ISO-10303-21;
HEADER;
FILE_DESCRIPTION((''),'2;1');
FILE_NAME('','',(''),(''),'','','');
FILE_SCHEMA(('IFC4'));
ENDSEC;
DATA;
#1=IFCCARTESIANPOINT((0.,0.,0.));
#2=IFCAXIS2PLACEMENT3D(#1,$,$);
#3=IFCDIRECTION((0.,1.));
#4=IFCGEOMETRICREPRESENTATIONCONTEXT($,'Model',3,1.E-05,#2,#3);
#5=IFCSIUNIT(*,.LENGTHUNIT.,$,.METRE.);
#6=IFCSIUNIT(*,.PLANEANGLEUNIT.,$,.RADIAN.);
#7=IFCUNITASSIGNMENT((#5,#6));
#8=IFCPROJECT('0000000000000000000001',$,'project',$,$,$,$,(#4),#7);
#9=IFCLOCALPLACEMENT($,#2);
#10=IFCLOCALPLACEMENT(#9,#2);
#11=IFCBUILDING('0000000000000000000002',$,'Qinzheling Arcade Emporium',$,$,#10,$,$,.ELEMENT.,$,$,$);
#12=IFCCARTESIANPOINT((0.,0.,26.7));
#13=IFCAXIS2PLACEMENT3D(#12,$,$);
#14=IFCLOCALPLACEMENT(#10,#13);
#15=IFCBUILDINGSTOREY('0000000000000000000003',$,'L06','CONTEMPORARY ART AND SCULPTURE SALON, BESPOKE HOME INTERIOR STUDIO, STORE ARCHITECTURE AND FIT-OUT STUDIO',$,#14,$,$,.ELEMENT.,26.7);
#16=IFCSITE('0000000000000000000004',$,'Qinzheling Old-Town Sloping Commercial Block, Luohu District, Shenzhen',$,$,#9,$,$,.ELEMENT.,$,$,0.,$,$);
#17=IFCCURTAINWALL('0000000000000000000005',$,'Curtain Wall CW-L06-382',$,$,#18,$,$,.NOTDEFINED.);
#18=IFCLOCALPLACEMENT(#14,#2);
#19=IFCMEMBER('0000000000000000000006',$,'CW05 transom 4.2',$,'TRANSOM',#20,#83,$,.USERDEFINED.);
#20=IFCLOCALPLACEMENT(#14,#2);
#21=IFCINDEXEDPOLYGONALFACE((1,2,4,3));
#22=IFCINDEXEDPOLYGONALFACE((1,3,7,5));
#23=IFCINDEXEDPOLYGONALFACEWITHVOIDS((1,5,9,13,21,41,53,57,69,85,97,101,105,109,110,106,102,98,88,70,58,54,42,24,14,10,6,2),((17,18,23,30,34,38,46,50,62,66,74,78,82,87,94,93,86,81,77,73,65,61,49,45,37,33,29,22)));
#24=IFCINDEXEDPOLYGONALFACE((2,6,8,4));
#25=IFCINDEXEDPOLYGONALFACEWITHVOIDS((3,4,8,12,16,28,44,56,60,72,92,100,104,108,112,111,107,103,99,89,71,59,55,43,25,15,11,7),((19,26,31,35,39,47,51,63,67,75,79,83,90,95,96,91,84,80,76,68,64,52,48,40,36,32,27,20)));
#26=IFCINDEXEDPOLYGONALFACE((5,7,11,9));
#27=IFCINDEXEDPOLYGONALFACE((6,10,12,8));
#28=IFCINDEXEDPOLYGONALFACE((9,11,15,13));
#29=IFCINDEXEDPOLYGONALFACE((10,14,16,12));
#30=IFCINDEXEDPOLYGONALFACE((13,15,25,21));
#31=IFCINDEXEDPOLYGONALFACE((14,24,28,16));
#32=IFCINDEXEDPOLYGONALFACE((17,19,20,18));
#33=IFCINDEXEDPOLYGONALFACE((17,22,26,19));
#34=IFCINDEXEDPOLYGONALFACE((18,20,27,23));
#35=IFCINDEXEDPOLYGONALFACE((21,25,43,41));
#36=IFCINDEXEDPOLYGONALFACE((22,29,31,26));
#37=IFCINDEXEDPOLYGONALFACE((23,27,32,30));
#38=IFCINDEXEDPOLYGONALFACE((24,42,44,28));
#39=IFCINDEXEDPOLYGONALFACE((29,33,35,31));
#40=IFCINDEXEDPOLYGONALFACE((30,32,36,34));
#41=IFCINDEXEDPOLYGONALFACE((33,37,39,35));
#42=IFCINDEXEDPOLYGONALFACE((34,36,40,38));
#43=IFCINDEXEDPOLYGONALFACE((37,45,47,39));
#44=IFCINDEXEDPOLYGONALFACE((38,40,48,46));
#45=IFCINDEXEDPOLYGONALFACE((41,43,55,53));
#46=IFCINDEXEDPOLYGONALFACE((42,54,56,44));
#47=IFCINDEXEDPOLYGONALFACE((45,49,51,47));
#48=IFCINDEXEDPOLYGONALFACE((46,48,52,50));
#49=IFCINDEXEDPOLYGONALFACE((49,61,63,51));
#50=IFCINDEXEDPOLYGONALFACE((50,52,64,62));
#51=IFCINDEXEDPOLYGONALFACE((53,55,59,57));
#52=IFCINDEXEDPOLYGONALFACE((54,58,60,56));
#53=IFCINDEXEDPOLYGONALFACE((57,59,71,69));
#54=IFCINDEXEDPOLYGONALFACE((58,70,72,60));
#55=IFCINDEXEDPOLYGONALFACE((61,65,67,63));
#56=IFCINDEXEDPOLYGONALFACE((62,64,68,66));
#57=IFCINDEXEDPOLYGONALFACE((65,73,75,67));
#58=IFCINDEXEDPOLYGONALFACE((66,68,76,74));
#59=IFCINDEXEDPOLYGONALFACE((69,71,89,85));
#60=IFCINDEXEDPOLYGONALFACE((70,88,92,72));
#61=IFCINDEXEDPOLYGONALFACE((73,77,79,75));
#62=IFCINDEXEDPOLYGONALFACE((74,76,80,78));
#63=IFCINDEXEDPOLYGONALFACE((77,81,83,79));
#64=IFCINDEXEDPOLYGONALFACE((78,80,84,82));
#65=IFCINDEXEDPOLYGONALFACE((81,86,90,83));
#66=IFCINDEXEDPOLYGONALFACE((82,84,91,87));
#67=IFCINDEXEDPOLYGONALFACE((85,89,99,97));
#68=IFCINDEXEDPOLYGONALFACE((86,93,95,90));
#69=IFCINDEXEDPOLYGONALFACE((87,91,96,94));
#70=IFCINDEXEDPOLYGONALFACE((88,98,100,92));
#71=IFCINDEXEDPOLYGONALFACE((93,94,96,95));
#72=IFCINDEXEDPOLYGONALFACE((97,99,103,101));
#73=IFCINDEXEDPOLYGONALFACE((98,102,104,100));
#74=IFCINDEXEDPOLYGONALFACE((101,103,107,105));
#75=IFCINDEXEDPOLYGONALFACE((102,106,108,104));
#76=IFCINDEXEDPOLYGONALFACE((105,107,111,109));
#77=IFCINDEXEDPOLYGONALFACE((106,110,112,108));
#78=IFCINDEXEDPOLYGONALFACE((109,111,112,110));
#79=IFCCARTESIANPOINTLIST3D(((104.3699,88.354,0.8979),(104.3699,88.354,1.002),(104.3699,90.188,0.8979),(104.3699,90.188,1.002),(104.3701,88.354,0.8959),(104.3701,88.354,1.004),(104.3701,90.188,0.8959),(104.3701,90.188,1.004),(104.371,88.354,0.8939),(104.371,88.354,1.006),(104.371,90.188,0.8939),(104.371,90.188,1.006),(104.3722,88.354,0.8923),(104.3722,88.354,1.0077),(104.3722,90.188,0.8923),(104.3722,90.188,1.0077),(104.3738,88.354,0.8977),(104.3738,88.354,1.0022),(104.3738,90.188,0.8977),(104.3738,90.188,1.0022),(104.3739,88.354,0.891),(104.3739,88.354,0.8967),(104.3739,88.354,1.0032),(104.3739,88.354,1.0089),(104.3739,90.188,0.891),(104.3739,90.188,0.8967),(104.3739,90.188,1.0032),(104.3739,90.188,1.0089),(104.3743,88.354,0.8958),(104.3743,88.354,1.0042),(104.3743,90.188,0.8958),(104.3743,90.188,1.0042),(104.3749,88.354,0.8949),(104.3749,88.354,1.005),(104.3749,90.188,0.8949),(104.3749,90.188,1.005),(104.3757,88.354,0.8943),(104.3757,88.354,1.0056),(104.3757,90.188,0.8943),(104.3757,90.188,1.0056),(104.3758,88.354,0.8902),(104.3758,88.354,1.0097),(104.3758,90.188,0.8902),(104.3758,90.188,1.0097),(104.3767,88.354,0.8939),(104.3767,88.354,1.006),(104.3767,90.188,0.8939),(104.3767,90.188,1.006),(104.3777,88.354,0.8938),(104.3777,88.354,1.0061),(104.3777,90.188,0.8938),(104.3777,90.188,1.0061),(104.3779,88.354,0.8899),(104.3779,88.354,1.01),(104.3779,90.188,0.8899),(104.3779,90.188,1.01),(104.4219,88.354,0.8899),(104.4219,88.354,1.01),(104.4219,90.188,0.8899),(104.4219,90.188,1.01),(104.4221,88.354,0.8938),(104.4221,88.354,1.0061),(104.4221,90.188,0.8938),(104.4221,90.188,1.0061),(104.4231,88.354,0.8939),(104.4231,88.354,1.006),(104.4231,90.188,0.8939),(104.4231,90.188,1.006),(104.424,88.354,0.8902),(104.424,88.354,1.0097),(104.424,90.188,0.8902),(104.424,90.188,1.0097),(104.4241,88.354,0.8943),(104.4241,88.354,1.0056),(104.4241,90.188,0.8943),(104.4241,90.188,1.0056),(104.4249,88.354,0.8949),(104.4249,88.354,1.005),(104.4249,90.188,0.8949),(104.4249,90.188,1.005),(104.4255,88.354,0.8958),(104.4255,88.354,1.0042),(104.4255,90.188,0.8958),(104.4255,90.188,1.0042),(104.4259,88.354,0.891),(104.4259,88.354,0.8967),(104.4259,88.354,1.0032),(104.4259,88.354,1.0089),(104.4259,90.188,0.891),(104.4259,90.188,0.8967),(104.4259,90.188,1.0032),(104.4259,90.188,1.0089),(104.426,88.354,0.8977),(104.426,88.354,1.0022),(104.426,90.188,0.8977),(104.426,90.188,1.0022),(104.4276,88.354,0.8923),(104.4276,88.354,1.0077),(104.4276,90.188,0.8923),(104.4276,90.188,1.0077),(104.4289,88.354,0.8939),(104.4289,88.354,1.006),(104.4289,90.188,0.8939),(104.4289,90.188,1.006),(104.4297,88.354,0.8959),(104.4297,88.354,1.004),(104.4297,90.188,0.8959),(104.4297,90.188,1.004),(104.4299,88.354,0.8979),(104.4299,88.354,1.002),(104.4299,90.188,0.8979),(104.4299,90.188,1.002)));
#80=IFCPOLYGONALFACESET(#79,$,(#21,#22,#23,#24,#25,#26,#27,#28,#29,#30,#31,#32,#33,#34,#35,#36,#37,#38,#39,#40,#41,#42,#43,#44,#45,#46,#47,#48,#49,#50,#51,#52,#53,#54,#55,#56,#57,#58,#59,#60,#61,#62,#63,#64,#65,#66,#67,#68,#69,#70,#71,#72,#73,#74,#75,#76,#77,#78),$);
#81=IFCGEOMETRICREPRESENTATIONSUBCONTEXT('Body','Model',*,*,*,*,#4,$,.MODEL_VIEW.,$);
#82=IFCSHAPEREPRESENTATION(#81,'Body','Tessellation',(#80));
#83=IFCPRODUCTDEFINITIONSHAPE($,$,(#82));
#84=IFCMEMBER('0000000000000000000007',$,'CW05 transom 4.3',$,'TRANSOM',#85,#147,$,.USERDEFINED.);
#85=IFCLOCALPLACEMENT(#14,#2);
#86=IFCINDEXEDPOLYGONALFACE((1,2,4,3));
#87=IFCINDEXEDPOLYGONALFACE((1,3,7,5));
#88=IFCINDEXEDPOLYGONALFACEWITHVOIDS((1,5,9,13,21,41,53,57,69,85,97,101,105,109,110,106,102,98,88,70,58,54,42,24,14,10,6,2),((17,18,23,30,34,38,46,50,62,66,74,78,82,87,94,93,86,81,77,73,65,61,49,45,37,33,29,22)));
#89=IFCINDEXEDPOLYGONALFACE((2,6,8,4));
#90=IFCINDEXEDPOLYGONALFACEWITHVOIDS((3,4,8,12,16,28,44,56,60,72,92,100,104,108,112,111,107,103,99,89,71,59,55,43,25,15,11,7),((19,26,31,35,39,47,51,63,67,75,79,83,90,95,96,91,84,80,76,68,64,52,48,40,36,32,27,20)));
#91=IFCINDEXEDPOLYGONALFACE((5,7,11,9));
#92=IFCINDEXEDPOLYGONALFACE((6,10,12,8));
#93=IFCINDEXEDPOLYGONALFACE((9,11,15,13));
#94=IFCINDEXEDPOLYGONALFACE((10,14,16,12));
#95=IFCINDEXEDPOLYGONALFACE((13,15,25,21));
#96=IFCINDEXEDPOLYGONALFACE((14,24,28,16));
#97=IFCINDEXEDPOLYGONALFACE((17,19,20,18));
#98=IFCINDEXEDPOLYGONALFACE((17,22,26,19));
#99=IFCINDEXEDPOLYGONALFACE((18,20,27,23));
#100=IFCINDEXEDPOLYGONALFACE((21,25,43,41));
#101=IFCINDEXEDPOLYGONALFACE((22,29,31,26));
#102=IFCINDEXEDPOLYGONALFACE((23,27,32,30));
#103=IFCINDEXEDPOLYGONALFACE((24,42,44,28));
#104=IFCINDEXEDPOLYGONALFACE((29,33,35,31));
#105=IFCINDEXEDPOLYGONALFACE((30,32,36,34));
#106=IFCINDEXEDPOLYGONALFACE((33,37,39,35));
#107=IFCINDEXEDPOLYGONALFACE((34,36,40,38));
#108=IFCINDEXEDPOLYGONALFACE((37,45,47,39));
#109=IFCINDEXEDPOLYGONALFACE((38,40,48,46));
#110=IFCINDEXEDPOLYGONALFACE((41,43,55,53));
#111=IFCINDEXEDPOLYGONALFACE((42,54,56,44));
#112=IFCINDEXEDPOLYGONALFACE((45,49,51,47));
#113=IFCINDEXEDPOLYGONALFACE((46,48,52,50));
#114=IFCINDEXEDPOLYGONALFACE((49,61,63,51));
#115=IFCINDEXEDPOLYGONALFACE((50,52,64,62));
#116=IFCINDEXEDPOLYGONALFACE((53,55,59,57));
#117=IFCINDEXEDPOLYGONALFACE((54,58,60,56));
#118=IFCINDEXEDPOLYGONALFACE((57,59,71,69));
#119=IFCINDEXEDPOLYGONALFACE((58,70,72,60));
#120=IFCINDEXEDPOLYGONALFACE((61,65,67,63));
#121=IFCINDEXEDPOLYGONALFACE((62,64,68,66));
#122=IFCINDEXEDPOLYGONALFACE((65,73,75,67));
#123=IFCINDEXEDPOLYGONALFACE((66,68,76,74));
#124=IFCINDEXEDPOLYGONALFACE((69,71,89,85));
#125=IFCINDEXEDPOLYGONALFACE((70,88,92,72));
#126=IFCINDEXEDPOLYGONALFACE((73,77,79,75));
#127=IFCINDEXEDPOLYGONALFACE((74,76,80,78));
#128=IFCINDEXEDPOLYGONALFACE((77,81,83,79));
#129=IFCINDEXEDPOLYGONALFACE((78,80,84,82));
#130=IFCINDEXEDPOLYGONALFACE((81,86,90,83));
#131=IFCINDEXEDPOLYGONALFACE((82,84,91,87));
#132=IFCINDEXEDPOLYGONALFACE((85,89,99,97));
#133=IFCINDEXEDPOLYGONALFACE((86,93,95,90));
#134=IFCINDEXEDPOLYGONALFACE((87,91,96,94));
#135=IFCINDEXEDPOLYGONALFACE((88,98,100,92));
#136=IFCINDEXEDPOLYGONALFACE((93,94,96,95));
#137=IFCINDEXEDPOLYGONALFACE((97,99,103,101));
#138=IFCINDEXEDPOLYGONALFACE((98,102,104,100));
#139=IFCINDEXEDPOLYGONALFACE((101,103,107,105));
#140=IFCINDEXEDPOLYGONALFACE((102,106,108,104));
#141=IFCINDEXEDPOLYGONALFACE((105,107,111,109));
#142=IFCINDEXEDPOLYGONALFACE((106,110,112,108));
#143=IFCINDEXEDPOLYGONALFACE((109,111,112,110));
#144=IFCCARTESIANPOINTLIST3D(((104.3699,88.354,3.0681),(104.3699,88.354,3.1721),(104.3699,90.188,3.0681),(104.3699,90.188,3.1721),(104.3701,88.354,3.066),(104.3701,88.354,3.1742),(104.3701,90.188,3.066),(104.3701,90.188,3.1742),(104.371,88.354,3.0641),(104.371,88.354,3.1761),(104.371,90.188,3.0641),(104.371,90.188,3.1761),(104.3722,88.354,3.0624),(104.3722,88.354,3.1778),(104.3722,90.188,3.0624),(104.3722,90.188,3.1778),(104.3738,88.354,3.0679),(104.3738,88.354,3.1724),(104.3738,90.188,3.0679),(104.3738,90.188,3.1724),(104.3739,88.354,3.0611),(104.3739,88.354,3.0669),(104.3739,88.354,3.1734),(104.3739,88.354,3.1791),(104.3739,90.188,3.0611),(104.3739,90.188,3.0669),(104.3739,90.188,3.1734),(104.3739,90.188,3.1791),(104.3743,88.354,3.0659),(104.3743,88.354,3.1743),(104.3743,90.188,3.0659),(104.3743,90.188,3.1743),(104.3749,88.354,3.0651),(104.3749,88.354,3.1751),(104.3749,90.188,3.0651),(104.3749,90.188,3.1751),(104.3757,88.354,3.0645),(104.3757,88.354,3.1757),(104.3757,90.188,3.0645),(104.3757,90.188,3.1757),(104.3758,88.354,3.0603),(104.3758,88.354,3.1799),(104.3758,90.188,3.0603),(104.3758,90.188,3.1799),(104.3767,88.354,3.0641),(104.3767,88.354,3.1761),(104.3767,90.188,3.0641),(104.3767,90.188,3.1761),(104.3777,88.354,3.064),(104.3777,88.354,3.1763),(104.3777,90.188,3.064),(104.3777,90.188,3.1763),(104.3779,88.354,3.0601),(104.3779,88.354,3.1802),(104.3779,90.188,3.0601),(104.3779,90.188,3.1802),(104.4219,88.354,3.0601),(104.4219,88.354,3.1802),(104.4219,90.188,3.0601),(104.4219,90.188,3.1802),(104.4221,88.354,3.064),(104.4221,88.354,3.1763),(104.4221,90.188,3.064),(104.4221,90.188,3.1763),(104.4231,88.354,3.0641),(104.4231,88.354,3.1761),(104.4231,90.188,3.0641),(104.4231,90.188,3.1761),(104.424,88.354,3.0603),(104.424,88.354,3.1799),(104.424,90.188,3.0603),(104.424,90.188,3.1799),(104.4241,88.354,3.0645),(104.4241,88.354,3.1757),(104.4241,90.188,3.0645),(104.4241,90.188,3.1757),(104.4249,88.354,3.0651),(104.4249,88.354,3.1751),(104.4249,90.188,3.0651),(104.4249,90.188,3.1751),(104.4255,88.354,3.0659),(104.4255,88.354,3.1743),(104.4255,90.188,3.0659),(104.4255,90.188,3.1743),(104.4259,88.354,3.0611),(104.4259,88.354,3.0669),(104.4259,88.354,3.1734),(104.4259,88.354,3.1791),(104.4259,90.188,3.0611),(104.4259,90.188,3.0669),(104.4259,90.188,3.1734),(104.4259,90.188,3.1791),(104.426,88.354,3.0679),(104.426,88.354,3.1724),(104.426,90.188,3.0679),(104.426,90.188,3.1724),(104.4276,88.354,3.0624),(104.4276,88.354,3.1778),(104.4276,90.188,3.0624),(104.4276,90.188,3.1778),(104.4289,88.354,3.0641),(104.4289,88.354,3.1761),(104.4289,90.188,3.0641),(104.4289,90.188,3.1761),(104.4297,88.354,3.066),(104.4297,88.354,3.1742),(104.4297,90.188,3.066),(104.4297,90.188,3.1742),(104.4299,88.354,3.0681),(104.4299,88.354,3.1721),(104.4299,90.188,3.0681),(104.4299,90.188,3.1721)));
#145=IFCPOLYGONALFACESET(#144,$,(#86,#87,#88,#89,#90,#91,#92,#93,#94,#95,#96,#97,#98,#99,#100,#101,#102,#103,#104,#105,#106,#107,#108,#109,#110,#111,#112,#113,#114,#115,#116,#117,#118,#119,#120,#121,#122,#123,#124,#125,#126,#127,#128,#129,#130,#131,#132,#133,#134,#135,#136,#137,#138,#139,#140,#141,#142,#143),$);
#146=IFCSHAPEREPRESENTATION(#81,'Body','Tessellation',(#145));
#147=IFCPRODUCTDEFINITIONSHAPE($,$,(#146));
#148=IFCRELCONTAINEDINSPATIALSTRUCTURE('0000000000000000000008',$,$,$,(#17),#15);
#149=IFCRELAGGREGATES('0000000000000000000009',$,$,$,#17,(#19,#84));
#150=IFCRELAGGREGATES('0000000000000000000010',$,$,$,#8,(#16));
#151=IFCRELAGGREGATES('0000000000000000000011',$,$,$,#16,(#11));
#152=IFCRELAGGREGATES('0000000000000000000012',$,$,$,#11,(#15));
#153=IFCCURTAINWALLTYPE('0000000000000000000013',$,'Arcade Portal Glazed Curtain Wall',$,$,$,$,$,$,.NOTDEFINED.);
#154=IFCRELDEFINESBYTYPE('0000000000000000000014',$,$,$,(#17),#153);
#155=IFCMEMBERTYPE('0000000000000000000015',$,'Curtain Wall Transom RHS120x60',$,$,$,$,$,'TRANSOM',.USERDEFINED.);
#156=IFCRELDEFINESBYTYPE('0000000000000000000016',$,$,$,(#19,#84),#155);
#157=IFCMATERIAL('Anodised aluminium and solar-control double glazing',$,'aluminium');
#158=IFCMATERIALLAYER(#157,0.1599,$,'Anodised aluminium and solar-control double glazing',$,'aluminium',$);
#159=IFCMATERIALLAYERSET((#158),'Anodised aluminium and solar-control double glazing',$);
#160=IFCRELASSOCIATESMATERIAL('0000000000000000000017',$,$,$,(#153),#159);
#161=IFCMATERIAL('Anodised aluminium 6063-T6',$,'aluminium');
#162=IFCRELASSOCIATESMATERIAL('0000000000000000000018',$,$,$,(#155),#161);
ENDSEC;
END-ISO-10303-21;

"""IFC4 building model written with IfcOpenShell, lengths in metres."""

from ifc_helpers import new_model, si_unit, direction, frame, origin, origin_2d, place, context, subcontext, project, spatial, hollow_rectangle, extrude, material, layer, layer_set, material_profile, profile_set, type_object, element, aggregate, save


model = new_model("IFC4")

# Units and contexts
model_context = context("Model", 3, precision=1e-05, world=origin(), true_north=direction((0.0, 1.0)))
body_context = subcontext(model_context, "Body", "Model", "MODEL_VIEW")
ifc_project = project(units=[si_unit("LENGTHUNIT", "METRE"), si_unit("PLANEANGLEUNIT", "RADIAN")], contexts=[model_context])

# Site, building, storey
site_placement = place(None, origin())
site = spatial("IfcSite", under=ifc_project, at=site_placement, Name="Qinzheling Old-Town Sloping Commercial Block, Luohu District, Shenzhen", CompositionType="ELEMENT", RefElevation=0.0)
building_placement = place(site_placement, origin())
building = spatial("IfcBuilding", under=site, at=building_placement, Name="Qinzheling Arcade Emporium", CompositionType="ELEMENT")
storey_placement = place(building_placement, frame((0.0, 0.0, 26.7)))
storey = spatial("IfcBuildingStorey", under=building, at=storey_placement, Name="L06", Description="CONTEMPORARY ART AND SCULPTURE SALON, BESPOKE HOME INTERIOR STUDIO, STORE ARCHITECTURE AND FIT-OUT STUDIO", CompositionType="ELEMENT", Elevation=26.7)

# Curtain wall, members
ifc_material_1 = material(Name="Anodised aluminium and solar-control double glazing", Category="aluminium")
ifc_layer_1 = layer(ifc_material_1, 0.1599, Name="Anodised aluminium and solar-control double glazing", Category="aluminium")
ifc_layer_set_1 = layer_set([ifc_layer_1], Name="Anodised aluminium and solar-control double glazing")
curtain_wall_type = type_object("IfcCurtainWallType", Name="Arcade Portal Glazed Curtain Wall", PredefinedType="NOTDEFINED", material=ifc_layer_set_1)
curtain_wall_placement = place(storey_placement, origin())
curtain_wall = element("IfcCurtainWall", 1, at=curtain_wall_placement, inside=storey, type_object=curtain_wall_type, Name="Curtain Wall CW-L06-382", PredefinedType="NOTDEFINED")
ifc_material_2 = material(Name="Anodised aluminium 6063-T6", Category="aluminium")
ifc_material_profile_1 = material_profile(ifc_material_2, hollow_rectangle(XDim=0.0601, YDim=0.1201, WallThickness=0.0039, InnerFilletRadius=0.0039, OuterFilletRadius=0.0081, at=origin_2d()), Name="RHS 120x60x4", Category="aluminium")
ifc_profile_set_1 = profile_set([ifc_material_profile_1], Name="Anodised aluminium 6063-T6")
member_type_1 = type_object("IfcMemberType", Name="Curtain Wall Transom RHS120x60", ElementType="TRANSOM", PredefinedType="USERDEFINED", material=ifc_profile_set_1)
member_1_placement = place(storey_placement, frame((104.3999, 88.354, 0.95), z_axis=(0.0, 1.0, 0.0), x_axis=(-1.0, 0.0, 0.0)))
member_1 = element("IfcMember", 2, at=member_1_placement, type_object=member_type_1, Name="CW05 transom 4.2", ObjectType="TRANSOM", PredefinedType="USERDEFINED", context=body_context, shape_type="SweptSolid", body=[
    extrude(hollow_rectangle(XDim=0.0601, YDim=0.1201, WallThickness=0.0039, InnerFilletRadius=0.0039, OuterFilletRadius=0.0081, at=origin_2d()), origin(), (0.0, 0.0, 1.0), 1.834),
])
member_2_placement = place(storey_placement, frame((104.3999, 88.354, 3.1201), z_axis=(0.0, 1.0, 0.0), x_axis=(-1.0, 0.0, 0.0)))
member_2 = element("IfcMember", 3, at=member_2_placement, type_object=member_type_1, Name="CW05 transom 4.3", ObjectType="TRANSOM", PredefinedType="USERDEFINED", context=body_context, shape_type="SweptSolid", body=[
    extrude(hollow_rectangle(XDim=0.0601, YDim=0.1201, WallThickness=0.0039, InnerFilletRadius=0.0039, OuterFilletRadius=0.0081, at=origin_2d()), origin(), (0.0, 0.0, 1.0), 1.834),
])

aggregate(curtain_wall, [member_1, member_2])

save(model, "model.ifc")
